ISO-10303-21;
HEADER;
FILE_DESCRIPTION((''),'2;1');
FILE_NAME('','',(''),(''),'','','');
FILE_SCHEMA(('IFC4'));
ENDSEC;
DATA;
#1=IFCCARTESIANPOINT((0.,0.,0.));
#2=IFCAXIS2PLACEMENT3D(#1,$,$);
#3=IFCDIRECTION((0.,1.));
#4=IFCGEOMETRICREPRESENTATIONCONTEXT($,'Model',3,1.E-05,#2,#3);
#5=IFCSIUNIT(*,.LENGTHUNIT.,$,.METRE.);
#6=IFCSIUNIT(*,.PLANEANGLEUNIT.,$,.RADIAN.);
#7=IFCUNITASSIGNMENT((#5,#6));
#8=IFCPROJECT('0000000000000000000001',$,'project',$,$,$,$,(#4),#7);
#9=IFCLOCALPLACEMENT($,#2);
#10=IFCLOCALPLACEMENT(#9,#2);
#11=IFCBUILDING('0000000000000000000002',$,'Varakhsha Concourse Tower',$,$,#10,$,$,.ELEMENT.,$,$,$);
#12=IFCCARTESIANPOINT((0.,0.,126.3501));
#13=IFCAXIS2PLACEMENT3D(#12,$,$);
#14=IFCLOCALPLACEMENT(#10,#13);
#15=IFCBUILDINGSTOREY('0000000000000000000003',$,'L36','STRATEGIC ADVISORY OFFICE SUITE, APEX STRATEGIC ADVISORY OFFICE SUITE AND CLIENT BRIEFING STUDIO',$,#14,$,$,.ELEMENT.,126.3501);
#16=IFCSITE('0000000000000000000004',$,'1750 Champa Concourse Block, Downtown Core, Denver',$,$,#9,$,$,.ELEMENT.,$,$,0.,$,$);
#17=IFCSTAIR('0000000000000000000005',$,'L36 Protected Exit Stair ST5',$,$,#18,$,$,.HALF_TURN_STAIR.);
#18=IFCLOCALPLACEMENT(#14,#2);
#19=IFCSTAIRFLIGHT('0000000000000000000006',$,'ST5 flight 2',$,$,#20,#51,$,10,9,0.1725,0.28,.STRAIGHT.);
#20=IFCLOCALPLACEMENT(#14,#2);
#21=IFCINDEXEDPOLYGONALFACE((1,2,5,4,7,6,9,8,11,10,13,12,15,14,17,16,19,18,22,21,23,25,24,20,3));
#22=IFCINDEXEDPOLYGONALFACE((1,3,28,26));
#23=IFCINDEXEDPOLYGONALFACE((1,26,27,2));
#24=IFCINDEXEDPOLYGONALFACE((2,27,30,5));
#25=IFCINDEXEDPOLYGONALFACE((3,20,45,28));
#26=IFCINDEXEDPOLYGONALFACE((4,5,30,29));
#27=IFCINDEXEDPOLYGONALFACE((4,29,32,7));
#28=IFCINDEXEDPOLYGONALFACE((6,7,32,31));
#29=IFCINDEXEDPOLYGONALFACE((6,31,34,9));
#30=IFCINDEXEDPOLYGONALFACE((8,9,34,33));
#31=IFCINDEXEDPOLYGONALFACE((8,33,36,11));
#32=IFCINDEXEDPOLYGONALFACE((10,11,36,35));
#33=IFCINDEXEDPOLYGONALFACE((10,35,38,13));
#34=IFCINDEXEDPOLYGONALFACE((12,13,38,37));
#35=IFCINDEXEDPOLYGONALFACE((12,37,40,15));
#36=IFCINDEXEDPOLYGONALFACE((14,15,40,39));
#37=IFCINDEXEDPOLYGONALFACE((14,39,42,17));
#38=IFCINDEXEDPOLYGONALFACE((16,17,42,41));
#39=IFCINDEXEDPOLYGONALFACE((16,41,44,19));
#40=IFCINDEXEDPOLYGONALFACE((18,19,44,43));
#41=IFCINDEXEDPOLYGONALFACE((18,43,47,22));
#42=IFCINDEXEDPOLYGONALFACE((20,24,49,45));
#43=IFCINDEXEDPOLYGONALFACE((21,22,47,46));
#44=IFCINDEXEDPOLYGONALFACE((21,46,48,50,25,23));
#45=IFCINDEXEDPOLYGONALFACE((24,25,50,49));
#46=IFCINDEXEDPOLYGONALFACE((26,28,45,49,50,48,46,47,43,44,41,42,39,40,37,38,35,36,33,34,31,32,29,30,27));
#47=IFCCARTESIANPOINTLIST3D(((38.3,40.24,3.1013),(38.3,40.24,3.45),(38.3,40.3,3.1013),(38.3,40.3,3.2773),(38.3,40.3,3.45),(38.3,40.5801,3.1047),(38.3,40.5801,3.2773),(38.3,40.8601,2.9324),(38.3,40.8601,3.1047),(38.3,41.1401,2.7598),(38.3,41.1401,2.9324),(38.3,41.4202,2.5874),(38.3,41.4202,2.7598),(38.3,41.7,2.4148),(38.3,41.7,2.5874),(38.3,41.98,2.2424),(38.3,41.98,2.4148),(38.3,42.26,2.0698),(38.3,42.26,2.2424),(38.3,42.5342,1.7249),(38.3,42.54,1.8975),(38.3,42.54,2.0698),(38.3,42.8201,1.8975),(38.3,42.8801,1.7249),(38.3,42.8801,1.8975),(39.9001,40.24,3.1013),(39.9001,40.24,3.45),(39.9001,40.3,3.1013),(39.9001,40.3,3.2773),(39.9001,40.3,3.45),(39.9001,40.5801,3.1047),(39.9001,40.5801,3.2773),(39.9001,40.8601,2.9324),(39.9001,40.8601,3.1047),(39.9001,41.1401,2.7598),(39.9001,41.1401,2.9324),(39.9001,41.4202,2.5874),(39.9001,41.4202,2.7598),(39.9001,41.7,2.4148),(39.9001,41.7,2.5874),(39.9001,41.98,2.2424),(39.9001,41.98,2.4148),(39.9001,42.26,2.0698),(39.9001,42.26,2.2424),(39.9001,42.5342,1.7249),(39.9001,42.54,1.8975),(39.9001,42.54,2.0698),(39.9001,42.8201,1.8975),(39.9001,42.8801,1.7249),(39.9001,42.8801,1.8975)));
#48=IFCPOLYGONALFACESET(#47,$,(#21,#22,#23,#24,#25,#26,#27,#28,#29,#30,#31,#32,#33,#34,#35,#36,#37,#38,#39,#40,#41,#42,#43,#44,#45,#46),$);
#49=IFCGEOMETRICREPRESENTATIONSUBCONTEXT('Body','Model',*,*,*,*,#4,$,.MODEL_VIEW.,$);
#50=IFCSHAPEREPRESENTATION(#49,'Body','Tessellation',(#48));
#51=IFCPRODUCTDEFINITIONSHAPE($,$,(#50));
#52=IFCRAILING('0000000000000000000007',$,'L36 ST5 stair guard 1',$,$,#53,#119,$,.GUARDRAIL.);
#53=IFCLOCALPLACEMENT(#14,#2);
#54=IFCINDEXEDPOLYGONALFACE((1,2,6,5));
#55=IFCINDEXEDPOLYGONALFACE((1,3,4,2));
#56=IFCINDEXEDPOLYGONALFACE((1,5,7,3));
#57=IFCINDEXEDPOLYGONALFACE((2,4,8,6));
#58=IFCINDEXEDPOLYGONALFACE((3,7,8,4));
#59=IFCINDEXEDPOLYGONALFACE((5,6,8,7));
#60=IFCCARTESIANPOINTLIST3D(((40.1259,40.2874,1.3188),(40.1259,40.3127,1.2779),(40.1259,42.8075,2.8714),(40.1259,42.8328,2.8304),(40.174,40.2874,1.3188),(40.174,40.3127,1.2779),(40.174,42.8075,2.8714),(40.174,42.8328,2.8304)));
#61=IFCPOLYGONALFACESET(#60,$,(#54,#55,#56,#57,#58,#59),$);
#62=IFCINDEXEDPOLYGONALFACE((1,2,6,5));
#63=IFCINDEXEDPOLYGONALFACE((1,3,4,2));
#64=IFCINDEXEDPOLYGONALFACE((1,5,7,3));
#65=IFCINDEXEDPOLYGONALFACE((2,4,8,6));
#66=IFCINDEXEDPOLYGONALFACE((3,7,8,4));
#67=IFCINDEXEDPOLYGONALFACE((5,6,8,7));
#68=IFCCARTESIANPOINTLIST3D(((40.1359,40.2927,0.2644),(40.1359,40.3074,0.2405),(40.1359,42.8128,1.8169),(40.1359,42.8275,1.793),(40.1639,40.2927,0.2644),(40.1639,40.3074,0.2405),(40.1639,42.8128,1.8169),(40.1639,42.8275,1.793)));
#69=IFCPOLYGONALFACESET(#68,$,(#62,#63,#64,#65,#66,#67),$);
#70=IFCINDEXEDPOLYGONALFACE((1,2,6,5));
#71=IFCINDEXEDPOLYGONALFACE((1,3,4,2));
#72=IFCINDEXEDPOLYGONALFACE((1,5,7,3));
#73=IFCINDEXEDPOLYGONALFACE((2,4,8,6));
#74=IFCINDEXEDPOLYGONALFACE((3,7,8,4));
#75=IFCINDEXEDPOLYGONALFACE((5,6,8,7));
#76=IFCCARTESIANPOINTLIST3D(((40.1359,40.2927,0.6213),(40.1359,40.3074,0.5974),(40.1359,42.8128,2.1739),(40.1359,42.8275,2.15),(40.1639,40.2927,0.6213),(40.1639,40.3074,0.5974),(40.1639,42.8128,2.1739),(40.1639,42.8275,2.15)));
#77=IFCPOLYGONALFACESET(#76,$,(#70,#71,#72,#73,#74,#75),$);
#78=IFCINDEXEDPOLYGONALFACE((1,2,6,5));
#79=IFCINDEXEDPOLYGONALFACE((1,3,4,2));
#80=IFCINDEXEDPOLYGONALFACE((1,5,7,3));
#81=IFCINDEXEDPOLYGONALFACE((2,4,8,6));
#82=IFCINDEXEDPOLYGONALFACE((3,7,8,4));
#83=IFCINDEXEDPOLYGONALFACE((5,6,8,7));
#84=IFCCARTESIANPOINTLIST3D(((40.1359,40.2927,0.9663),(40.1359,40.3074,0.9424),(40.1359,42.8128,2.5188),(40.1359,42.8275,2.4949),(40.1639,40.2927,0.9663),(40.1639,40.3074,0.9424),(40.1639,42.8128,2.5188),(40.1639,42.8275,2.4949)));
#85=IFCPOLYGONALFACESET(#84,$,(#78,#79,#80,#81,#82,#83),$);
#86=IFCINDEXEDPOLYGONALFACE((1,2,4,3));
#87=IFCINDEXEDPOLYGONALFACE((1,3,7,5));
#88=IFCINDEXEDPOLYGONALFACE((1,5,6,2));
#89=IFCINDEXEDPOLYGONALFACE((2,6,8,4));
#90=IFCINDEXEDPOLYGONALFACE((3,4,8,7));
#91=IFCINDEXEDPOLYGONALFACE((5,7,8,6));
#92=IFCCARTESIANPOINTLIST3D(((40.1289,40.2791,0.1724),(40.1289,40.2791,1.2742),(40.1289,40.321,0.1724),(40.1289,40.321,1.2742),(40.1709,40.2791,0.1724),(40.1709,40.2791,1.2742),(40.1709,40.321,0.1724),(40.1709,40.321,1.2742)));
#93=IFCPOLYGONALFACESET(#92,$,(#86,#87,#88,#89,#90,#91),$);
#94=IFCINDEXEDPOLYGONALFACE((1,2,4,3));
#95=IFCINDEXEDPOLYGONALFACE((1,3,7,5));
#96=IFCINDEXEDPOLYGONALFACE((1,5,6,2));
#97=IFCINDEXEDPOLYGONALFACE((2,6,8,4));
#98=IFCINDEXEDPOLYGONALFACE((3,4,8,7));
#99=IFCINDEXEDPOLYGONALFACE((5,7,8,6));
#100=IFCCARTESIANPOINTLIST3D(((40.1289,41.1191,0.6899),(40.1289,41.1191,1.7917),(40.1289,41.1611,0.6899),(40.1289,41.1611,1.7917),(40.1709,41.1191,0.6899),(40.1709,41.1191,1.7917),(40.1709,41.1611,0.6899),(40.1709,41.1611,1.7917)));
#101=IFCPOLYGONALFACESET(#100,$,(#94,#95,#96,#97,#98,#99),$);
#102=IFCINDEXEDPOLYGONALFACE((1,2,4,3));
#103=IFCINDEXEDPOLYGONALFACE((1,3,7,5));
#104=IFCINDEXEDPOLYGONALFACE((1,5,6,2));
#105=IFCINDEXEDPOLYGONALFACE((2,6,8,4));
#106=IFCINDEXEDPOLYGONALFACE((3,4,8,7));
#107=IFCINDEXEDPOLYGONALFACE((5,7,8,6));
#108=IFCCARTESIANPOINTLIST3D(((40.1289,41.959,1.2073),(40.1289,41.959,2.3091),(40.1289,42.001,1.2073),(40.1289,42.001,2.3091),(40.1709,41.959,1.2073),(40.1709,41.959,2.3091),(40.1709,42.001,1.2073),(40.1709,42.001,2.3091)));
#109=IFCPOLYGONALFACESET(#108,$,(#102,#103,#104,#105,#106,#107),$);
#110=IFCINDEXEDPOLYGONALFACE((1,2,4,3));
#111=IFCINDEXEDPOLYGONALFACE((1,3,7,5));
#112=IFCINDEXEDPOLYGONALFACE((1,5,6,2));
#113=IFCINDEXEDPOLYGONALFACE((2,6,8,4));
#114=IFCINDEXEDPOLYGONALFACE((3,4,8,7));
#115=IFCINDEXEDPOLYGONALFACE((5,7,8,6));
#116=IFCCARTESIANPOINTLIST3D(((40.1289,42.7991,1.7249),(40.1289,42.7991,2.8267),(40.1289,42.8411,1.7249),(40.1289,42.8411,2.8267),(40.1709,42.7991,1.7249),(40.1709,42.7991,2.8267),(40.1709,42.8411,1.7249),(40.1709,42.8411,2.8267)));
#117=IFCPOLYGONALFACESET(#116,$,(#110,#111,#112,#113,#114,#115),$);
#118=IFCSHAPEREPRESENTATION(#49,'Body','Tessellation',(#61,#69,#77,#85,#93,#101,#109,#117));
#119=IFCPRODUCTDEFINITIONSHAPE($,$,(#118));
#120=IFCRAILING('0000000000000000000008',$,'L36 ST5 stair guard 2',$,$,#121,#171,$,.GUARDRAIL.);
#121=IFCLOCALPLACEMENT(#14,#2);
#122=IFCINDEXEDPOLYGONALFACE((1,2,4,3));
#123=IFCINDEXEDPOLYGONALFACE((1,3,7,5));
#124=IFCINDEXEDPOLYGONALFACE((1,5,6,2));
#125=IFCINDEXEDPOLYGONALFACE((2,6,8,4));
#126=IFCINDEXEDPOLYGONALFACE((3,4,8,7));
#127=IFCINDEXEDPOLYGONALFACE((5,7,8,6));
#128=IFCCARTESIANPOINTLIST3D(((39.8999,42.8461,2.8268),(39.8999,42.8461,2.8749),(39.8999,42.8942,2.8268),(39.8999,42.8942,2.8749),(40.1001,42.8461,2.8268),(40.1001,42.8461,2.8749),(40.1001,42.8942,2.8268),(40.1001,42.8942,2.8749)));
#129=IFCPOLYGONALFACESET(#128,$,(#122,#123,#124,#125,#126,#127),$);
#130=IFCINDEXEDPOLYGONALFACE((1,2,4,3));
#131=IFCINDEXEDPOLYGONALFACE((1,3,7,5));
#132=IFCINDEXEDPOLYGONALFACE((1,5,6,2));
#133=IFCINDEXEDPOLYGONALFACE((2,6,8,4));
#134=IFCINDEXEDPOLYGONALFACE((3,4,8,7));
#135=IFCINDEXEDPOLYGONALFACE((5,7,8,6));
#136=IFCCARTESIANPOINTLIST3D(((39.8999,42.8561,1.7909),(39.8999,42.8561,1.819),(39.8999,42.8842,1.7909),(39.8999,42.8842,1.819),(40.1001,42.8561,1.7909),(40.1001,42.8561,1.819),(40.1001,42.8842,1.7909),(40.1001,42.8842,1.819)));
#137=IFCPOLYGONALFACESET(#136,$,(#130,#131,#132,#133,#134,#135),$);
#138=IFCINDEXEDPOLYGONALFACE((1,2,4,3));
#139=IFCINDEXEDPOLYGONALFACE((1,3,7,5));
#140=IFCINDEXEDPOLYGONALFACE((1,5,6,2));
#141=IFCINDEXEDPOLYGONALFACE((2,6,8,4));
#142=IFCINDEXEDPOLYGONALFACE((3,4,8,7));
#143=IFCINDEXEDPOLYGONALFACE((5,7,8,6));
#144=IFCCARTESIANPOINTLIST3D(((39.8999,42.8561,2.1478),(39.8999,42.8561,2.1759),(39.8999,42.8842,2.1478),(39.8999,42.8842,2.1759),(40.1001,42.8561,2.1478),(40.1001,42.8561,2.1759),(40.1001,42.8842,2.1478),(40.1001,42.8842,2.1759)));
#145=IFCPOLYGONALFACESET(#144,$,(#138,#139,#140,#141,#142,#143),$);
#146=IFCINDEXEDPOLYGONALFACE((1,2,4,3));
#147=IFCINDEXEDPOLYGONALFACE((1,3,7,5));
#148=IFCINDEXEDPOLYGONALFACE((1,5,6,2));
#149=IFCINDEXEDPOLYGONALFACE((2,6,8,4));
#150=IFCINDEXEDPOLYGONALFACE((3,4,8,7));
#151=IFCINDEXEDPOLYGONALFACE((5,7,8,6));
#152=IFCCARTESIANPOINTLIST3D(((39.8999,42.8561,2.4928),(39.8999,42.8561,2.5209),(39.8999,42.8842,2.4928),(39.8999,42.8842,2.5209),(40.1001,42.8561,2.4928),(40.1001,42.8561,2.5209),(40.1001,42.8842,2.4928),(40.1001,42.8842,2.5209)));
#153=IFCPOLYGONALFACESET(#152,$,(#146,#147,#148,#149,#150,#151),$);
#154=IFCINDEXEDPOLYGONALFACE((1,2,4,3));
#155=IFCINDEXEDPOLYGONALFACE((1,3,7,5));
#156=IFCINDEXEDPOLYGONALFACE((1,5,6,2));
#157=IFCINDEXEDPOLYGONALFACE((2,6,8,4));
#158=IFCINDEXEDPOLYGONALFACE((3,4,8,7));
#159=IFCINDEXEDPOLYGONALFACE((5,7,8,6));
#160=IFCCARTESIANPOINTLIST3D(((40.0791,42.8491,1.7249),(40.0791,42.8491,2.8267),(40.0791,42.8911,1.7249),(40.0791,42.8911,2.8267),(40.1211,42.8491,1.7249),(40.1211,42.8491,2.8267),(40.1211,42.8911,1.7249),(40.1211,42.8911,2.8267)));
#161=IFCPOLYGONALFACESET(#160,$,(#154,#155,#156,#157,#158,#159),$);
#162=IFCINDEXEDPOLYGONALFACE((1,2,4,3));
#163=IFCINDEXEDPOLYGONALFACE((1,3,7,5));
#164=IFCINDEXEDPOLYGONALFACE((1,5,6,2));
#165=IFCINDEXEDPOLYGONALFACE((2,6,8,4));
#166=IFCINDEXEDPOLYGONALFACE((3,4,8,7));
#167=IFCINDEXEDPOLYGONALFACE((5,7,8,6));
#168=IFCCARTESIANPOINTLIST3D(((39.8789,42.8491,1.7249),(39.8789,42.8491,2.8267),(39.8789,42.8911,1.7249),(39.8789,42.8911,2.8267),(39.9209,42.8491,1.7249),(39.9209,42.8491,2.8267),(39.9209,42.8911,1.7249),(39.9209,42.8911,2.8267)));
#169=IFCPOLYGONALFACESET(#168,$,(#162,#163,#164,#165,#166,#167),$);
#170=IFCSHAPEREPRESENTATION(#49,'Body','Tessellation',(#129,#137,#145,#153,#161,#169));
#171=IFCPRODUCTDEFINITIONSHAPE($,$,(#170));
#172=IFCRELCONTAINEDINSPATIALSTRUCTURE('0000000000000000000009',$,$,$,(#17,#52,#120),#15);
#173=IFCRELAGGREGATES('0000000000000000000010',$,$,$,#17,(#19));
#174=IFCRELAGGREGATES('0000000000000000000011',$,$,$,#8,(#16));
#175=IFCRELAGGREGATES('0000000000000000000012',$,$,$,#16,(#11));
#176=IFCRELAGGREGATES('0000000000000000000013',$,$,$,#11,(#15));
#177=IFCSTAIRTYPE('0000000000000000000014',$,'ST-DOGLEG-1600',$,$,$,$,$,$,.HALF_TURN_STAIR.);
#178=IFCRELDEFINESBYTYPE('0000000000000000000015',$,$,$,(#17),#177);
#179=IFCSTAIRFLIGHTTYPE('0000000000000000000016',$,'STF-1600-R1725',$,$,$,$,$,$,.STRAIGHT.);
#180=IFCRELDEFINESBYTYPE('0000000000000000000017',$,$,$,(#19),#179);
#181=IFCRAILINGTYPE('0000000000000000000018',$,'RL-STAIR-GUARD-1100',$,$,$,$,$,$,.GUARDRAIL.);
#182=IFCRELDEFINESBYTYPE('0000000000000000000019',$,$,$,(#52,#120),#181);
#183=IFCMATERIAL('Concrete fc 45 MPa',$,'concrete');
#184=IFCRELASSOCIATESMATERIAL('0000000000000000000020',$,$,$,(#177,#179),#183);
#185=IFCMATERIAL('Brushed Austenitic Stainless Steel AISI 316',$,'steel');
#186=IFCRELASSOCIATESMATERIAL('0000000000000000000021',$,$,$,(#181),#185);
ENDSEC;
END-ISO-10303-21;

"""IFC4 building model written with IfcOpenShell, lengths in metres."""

from ifc_helpers import new_model, si_unit, direction, frame, origin, origin_2d, place, context, subcontext, project, spatial, polyline, rectangle, outline, extrude, material, type_object, element, aggregate, save


model = new_model("IFC4")

# Units and contexts
model_context = context("Model", 3, precision=1e-05, world=origin(), true_north=direction((0.0, 1.0)))
body_context = subcontext(model_context, "Body", "Model", "MODEL_VIEW")
ifc_project = project(units=[si_unit("LENGTHUNIT", "METRE"), si_unit("PLANEANGLEUNIT", "RADIAN")], contexts=[model_context])

# Site, building, storey
site_placement = place(None, origin())
site = spatial("IfcSite", under=ifc_project, at=site_placement, Name="1750 Champa Concourse Block, Downtown Core, Denver", CompositionType="ELEMENT", RefElevation=0.0)
building_placement = place(site_placement, origin())
building = spatial("IfcBuilding", under=site, at=building_placement, Name="Varakhsha Concourse Tower", CompositionType="ELEMENT")
storey_placement = place(building_placement, frame((0.0, 0.0, 126.3501)))
storey = spatial("IfcBuildingStorey", under=building, at=storey_placement, Name="L36", Description="STRATEGIC ADVISORY OFFICE SUITE, APEX STRATEGIC ADVISORY OFFICE SUITE AND CLIENT BRIEFING STUDIO", CompositionType="ELEMENT", Elevation=126.3501)

# Shared definitions
ifc_material_1 = material(Name="Concrete fc 45 MPa", Category="concrete")

# Stair, stair flight
stair_type = type_object("IfcStairType", Name="ST-DOGLEG-1600", PredefinedType="HALF_TURN_STAIR", material=ifc_material_1)
stair_placement = place(storey_placement, origin())
stair = element("IfcStair", 1, at=stair_placement, inside=storey, type_object=stair_type, Name="L36 Protected Exit Stair ST5", PredefinedType="HALF_TURN_STAIR")
stair_flight_type = type_object("IfcStairFlightType", Name="STF-1600-R1725", PredefinedType="STRAIGHT", material=ifc_material_1)
stair_flight_1_placement = place(storey_placement, frame((39.1001, 42.8201, 1.7249), z_axis=(0.0, 0.0, 1.0), x_axis=(0.0, -1.0, 0.0)))
stair_flight_1 = element("IfcStairFlight", 2, at=stair_flight_1_placement, type_object=stair_flight_type, Name="ST5 flight 2", NumberOfRisers=10, NumberOfTreads=9, PredefinedType="STRAIGHT", RiserHeight=0.1725, TreadLength=0.28, context=body_context, shape_type="SweptSolid", body=[
    extrude(outline(polyline([(-0.0601, 0.0), (-0.0601, 0.1726), (0.0, 0.1726), (0.28, 0.1726), (0.28, 0.345), (0.5601, 0.345), (0.5601, 0.5176), (0.8401, 0.5176), (0.8401, 0.6899), (1.1201, 0.6899), (1.1201, 0.8625), (1.3999, 0.8625), (1.3999, 1.0349), (1.6799, 1.0349), (1.6799, 1.2075), (1.96, 1.2075), (1.96, 1.3799), (2.24, 1.3799), (2.24, 1.5525), (2.52, 1.5525), (2.52, 1.7251), (2.5801, 1.7251), (2.5801, 1.3765), (2.52, 1.3765), (0.2859, 0.0), (-0.0601, 0.0)])), frame((0.0, 0.8, 0.0), z_axis=(0.0, -1.0, 0.0), x_axis=(1.0, 0.0, 0.0)), (0.0, 0.0, 1.0), 1.6001),
])
aggregate(stair, [stair_flight_1])

# Railings
ifc_material_2 = material(Name="Brushed Austenitic Stainless Steel AISI 316", Category="steel")
railing_type_1 = type_object("IfcRailingType", Name="RL-STAIR-GUARD-1100", PredefinedType="GUARDRAIL", material=ifc_material_2)
railing_1_placement = place(storey_placement, frame((40.1499, 40.3, 0.1724)))
element("IfcRailing", 3, at=railing_1_placement, inside=storey, type_object=railing_type_1, Name="L36 ST5 stair guard 1", PredefinedType="GUARDRAIL", context=body_context, shape_type="SweptSolid", body=[
    extrude(rectangle(XDim=0.0481, YDim=0.0481, at=origin_2d()), frame((0.0, 0.0, 1.126), z_axis=(0.0, 0.8514, 0.524516), x_axis=(-1.0, 0.0, 0.0)), (0.0, 0.0, 1.0), 2.96),
    extrude(rectangle(XDim=0.0281, YDim=0.0281, at=origin_2d()), frame((0.0, 0.0, 0.0801), z_axis=(0.0, 0.8514, 0.524516), x_axis=(-1.0, 0.0, 0.0)), (0.0, 0.0, 1.0), 2.96),
    extrude(rectangle(XDim=0.0281, YDim=0.0281, at=origin_2d()), frame((0.0, 0.0, 0.437), z_axis=(0.0, 0.8514, 0.524516), x_axis=(-1.0, 0.0, 0.0)), (0.0, 0.0, 1.0), 2.96),
    extrude(rectangle(XDim=0.0281, YDim=0.0281, at=origin_2d()), frame((0.0, 0.0, 0.782), z_axis=(0.0, 0.8514, 0.524516), x_axis=(-1.0, 0.0, 0.0)), (0.0, 0.0, 1.0), 2.96),
    extrude(rectangle(XDim=0.042, YDim=0.042, at=origin_2d()), origin(), (0.0, 0.0, 1.0), 1.1018),
    extrude(rectangle(XDim=0.042, YDim=0.042, at=origin_2d()), frame((0.0, 0.8401, 0.5176)), (0.0, 0.0, 1.0), 1.1018),
    extrude(rectangle(XDim=0.042, YDim=0.042, at=origin_2d()), frame((0.0, 1.6799, 1.0349)), (0.0, 0.0, 1.0), 1.1018),
    extrude(rectangle(XDim=0.042, YDim=0.042, at=origin_2d()), frame((0.0, 2.52, 1.5525)), (0.0, 0.0, 1.0), 1.1018),
])
railing_2_placement = place(storey_placement, frame((40.1001, 42.8701, 1.7249)))
element("IfcRailing", 4, at=railing_2_placement, inside=storey, type_object=railing_type_1, Name="L36 ST5 stair guard 2", PredefinedType="GUARDRAIL", context=body_context, shape_type="SweptSolid", body=[
    extrude(rectangle(XDim=0.0481, YDim=0.0481, at=origin_2d()), frame((0.0, 0.0, 1.126), z_axis=(-1.0, 0.0, 0.0), x_axis=(0.0, -1.0, 0.0)), (0.0, 0.0, 1.0), 0.2002),
    extrude(rectangle(XDim=0.0281, YDim=0.0281, at=origin_2d()), frame((0.0, 0.0, 0.0801), z_axis=(-1.0, 0.0, 0.0), x_axis=(0.0, -1.0, 0.0)), (0.0, 0.0, 1.0), 0.2002),
    extrude(rectangle(XDim=0.0281, YDim=0.0281, at=origin_2d()), frame((0.0, 0.0, 0.437), z_axis=(-1.0, 0.0, 0.0), x_axis=(0.0, -1.0, 0.0)), (0.0, 0.0, 1.0), 0.2002),
    extrude(rectangle(XDim=0.0281, YDim=0.0281, at=origin_2d()), frame((0.0, 0.0, 0.782), z_axis=(-1.0, 0.0, 0.0), x_axis=(0.0, -1.0, 0.0)), (0.0, 0.0, 1.0), 0.2002),
    extrude(rectangle(XDim=0.042, YDim=0.042, at=origin_2d()), origin(), (0.0, 0.0, 1.0), 1.1018),
    extrude(rectangle(XDim=0.042, YDim=0.042, at=origin_2d()), frame((-0.2002, 0.0, 0.0)), (0.0, 0.0, 1.0), 1.1018),
])

save(model, "model.ifc")
